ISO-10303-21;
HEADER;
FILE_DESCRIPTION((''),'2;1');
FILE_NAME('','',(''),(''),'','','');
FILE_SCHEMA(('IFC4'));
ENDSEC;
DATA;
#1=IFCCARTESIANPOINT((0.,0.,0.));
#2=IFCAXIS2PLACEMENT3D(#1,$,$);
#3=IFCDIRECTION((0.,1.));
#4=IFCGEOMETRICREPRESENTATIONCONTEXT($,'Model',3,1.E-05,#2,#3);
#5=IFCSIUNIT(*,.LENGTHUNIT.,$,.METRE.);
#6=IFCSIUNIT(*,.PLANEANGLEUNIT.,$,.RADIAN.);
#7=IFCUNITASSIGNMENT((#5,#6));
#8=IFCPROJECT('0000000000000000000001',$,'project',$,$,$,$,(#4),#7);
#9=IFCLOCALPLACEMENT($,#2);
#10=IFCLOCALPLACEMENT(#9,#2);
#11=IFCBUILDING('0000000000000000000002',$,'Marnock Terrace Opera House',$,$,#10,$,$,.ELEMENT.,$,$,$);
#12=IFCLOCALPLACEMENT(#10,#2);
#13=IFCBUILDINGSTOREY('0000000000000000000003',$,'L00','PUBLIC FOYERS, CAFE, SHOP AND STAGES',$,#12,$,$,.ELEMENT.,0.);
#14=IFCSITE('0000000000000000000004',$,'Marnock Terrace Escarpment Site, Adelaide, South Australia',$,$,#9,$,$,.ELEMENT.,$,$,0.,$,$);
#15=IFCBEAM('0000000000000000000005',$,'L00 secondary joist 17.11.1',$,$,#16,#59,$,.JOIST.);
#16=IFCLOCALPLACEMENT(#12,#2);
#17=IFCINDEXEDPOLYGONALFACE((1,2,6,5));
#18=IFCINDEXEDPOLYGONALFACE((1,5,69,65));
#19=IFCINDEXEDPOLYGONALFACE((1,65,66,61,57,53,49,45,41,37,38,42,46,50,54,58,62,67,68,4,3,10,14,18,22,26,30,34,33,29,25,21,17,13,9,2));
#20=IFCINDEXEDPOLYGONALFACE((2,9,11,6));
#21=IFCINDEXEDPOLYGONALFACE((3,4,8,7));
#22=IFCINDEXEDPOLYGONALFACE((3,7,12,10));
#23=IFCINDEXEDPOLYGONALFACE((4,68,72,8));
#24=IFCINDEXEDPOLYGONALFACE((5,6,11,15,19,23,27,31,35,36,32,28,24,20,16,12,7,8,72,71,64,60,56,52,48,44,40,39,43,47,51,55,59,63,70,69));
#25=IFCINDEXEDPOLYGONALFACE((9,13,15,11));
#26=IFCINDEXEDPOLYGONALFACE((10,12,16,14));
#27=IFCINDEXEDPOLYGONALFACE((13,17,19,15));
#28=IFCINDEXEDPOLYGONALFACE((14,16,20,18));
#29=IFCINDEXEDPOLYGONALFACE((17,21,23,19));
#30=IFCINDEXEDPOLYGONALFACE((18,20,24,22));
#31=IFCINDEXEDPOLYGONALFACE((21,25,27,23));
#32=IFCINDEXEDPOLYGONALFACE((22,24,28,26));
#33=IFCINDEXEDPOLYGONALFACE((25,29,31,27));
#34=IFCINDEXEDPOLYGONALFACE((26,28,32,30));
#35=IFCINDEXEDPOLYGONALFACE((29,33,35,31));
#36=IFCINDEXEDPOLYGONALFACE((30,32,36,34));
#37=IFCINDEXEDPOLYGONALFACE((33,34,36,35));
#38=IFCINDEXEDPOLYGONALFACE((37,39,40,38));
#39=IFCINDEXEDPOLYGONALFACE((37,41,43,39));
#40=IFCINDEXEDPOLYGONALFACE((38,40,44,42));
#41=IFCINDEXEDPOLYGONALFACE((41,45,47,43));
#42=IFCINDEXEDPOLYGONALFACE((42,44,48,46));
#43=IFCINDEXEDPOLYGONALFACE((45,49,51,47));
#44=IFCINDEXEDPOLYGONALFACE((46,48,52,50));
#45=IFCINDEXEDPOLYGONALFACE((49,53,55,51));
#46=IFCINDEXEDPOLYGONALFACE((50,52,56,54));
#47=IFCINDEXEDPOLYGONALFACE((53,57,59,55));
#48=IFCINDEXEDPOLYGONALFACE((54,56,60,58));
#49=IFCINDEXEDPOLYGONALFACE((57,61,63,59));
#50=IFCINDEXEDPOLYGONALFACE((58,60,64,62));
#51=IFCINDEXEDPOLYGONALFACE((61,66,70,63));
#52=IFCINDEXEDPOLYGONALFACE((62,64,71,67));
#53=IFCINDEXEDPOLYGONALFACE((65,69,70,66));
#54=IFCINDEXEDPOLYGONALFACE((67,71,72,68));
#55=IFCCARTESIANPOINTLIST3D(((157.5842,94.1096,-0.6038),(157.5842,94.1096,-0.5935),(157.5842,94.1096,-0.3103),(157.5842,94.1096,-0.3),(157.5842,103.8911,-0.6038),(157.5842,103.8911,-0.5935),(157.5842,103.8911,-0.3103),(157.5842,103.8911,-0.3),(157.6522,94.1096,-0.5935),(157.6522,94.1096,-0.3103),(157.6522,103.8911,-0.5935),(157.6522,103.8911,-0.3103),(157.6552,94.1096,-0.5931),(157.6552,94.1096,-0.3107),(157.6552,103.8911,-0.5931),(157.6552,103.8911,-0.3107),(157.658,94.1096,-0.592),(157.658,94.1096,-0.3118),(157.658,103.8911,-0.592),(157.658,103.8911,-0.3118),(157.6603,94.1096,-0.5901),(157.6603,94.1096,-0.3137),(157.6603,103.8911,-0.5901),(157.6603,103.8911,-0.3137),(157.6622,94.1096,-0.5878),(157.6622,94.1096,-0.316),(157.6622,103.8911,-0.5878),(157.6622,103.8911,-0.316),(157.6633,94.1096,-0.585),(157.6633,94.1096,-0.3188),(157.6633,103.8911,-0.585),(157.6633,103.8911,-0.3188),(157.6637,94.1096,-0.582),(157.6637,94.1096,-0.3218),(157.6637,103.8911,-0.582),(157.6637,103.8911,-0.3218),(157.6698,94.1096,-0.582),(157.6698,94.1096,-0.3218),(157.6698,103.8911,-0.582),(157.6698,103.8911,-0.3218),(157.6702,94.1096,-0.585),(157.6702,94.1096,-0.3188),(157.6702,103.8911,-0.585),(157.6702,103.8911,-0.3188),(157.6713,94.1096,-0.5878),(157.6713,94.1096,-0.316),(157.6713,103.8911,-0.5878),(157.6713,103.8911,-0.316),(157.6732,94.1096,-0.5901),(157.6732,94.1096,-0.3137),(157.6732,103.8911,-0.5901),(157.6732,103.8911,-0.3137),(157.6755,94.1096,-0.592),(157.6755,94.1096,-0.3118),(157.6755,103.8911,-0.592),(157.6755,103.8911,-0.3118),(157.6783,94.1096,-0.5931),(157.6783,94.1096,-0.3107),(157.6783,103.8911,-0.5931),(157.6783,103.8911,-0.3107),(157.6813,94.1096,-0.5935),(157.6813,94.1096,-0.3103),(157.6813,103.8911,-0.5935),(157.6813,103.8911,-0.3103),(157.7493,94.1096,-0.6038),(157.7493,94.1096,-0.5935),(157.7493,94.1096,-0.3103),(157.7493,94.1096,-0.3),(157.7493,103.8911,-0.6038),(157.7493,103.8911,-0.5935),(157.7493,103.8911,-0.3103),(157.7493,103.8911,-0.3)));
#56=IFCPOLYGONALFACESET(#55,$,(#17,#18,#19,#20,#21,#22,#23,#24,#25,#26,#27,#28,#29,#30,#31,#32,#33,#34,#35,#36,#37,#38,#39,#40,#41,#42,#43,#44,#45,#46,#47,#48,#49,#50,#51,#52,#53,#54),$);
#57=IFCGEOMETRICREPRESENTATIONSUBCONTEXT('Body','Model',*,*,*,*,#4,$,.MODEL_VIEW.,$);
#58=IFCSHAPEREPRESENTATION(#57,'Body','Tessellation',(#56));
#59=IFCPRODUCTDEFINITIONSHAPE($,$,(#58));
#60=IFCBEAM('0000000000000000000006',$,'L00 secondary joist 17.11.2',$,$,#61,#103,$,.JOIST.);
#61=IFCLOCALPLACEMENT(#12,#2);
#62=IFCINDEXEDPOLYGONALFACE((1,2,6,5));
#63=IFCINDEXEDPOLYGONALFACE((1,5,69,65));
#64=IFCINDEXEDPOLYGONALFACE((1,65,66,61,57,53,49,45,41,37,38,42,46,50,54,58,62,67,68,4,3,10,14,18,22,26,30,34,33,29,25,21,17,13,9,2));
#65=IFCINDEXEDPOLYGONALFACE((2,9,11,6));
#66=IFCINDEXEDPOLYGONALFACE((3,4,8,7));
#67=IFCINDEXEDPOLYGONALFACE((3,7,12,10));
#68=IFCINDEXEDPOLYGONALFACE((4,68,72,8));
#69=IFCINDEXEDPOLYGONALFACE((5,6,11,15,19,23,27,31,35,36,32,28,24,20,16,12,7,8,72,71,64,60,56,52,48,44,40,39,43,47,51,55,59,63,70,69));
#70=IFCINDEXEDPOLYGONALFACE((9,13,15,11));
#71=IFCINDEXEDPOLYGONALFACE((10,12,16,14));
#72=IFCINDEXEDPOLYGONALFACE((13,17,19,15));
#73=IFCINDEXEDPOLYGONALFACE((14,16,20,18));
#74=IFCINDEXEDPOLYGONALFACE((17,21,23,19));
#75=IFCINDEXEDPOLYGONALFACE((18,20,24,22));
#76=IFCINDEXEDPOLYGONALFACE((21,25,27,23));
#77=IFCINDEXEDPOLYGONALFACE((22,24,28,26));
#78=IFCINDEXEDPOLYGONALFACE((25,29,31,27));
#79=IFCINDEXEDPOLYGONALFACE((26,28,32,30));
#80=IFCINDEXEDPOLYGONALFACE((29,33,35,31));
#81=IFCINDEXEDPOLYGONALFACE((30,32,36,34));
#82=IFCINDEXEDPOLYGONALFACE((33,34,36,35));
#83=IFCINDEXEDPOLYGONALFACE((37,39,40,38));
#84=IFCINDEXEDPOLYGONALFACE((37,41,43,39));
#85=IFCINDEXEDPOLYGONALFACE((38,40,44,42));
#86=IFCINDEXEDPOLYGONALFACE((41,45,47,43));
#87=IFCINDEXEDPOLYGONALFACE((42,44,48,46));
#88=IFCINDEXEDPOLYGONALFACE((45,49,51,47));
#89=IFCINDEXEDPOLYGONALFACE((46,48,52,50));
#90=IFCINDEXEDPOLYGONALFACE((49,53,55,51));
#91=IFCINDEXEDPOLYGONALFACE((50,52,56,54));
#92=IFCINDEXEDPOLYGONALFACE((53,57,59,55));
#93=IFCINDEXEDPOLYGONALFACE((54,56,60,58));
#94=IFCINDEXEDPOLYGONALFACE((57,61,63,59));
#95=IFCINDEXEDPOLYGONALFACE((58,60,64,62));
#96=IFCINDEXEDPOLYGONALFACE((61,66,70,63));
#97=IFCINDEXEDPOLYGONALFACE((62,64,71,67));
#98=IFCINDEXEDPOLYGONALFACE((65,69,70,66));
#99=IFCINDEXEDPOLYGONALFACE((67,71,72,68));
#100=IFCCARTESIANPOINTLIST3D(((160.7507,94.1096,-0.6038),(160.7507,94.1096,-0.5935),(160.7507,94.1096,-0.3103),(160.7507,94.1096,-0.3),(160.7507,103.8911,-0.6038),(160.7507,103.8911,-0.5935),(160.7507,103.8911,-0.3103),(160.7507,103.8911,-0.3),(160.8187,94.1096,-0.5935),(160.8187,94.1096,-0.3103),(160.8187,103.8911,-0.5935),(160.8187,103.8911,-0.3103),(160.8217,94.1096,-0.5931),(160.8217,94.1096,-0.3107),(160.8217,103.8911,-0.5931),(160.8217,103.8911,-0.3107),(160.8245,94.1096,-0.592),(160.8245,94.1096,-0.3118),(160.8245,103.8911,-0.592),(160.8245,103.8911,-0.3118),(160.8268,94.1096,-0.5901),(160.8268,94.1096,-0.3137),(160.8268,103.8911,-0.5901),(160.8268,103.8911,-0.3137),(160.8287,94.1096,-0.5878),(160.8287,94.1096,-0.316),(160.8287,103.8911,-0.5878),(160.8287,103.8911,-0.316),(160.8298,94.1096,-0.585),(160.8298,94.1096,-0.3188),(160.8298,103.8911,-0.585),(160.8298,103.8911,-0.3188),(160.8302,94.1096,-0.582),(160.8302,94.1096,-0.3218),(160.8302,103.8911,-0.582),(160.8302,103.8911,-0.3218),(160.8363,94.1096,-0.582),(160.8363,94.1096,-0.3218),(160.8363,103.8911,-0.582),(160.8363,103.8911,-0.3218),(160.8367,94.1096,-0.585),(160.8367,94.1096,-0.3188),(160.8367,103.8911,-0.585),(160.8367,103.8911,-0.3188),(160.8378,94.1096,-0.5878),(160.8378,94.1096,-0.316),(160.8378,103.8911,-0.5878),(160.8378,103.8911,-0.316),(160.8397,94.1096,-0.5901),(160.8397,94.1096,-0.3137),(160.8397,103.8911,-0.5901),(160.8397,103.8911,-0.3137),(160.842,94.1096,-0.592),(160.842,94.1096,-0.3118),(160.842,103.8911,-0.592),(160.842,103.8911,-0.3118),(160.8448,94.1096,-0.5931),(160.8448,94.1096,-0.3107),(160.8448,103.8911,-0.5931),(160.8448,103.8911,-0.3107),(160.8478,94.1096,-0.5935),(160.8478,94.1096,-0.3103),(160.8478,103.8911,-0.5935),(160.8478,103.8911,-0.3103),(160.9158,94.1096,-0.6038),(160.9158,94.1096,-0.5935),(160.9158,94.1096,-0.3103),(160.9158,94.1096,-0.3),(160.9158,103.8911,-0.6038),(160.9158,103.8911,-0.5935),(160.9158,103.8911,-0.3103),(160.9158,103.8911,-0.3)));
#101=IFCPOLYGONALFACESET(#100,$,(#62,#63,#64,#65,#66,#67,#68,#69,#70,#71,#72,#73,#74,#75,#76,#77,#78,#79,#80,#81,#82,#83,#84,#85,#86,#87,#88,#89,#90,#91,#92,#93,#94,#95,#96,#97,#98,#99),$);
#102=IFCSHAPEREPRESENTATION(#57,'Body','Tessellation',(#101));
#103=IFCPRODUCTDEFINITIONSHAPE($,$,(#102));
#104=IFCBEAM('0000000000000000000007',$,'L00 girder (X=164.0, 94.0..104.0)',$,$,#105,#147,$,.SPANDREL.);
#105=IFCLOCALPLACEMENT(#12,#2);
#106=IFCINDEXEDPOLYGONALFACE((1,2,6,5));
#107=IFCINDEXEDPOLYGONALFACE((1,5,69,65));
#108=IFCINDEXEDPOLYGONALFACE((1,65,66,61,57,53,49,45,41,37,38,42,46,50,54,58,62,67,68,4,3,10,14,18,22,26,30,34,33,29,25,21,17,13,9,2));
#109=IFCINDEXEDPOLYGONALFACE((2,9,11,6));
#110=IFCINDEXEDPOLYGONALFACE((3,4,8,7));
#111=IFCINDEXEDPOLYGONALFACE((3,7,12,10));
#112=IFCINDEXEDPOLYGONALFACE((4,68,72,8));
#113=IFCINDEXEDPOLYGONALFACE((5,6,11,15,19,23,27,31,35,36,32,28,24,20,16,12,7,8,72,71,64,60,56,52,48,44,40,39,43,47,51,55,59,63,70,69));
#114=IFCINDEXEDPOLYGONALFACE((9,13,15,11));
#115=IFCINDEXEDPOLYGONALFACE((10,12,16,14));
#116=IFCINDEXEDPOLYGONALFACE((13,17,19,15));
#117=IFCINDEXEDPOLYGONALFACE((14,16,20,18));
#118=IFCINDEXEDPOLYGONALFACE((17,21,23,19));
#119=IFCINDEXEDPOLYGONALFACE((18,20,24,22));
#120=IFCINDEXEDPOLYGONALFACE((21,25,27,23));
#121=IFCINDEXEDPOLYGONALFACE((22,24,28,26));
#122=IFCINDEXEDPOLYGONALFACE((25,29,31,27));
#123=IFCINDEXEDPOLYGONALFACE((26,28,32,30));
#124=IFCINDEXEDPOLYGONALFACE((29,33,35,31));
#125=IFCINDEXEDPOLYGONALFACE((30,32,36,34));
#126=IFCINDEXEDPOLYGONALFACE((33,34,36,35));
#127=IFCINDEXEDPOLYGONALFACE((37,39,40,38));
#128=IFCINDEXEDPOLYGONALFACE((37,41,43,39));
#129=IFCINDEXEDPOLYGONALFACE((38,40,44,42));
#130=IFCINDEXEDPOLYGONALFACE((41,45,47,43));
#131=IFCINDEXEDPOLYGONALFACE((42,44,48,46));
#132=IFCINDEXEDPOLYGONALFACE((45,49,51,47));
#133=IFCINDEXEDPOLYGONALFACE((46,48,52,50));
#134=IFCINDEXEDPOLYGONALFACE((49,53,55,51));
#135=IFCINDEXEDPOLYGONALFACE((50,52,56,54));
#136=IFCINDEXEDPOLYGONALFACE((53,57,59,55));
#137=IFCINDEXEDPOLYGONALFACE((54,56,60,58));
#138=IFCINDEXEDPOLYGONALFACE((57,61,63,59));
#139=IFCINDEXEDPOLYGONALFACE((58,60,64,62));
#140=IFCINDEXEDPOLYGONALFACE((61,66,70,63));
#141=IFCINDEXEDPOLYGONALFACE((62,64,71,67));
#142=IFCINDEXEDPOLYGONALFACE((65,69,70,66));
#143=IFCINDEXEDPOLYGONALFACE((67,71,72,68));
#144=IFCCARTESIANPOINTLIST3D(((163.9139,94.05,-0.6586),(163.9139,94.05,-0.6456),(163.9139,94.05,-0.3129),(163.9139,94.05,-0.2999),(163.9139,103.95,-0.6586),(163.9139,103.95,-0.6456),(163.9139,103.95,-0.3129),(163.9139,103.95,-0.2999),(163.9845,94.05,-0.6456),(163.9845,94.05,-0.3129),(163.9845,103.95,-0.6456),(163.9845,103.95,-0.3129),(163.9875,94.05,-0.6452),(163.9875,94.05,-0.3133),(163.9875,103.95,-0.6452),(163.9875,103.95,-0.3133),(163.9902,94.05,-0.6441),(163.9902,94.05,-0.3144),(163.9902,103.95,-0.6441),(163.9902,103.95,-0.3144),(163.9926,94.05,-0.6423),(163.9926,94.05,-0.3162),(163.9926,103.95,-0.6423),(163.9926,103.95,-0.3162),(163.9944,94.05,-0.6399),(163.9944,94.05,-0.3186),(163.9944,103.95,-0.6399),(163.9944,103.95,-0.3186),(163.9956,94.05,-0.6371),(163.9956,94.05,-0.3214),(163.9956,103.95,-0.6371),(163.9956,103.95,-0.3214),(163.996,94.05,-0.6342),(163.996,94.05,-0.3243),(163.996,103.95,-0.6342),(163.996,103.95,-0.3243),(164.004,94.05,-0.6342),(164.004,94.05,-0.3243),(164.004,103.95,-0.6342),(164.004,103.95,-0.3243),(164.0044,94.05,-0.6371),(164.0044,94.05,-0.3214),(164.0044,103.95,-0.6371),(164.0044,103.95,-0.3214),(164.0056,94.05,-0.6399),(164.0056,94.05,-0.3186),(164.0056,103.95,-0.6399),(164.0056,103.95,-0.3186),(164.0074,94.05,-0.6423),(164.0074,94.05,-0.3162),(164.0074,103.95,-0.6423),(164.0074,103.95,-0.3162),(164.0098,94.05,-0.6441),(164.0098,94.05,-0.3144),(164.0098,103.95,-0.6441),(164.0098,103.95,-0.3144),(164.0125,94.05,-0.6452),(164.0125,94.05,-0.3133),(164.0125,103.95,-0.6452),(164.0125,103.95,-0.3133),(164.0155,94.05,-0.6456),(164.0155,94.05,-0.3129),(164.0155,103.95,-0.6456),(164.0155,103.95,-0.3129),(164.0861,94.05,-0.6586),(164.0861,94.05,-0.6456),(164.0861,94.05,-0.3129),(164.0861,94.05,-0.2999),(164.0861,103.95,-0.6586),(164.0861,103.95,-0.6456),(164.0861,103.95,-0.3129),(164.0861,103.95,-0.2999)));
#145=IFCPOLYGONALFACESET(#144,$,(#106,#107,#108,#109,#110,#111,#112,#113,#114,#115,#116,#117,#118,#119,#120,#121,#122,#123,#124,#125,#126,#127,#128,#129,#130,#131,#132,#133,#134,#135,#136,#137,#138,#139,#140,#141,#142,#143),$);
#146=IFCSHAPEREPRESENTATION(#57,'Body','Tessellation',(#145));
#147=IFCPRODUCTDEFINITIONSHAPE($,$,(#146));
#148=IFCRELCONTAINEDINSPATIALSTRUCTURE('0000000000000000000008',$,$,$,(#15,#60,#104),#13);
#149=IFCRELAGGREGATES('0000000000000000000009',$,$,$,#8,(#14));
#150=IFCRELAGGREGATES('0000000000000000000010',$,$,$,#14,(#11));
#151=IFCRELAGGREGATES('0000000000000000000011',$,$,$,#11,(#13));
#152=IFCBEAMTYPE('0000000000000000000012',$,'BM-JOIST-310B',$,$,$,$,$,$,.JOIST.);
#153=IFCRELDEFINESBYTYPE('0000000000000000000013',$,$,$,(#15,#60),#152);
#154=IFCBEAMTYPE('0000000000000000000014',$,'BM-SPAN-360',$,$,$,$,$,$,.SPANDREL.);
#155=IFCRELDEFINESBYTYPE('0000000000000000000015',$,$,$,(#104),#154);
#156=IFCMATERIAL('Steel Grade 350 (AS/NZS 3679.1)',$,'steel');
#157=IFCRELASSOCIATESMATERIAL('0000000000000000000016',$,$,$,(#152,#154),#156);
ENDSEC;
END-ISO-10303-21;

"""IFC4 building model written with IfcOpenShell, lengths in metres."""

from ifc_helpers import new_model, si_unit, direction, frame, origin, origin_2d, place, context, subcontext, project, spatial, i_section, extrude, material, material_profile, profile_set, type_object, element, save


model = new_model("IFC4")

# Units and contexts
model_context = context("Model", 3, precision=1e-05, world=origin(), true_north=direction((0.0, 1.0)))
body_context = subcontext(model_context, "Body", "Model", "MODEL_VIEW")
ifc_project = project(units=[si_unit("LENGTHUNIT", "METRE"), si_unit("PLANEANGLEUNIT", "RADIAN")], contexts=[model_context])

# Site, building, storey
site_placement = place(None, origin())
site = spatial("IfcSite", under=ifc_project, at=site_placement, Name="Marnock Terrace Escarpment Site, Adelaide, South Australia", CompositionType="ELEMENT", RefElevation=0.0)
building_placement = place(site_placement, origin())
building = spatial("IfcBuilding", under=site, at=building_placement, Name="Marnock Terrace Opera House", CompositionType="ELEMENT")
storey_placement = place(building_placement, origin())
storey = spatial("IfcBuildingStorey", under=building, at=storey_placement, Name="L00", Description="PUBLIC FOYERS, CAFE, SHOP AND STAGES", CompositionType="ELEMENT", Elevation=0.0)

# Shared definitions
ifc_material_1 = material(Name="Steel Grade 350 (AS/NZS 3679.1)", Category="steel")

# Beams
ifc_material_profile_1 = material_profile(ifc_material_1, i_section(OverallWidth=0.165, OverallDepth=0.3037, WebThickness=0.0061, FlangeThickness=0.0103, FilletRadius=0.0115, at=origin_2d()))
ifc_profile_set_1 = profile_set([ifc_material_profile_1], Name="Steel Grade 350 (AS/NZS 3679.1)")
beam_type_1 = type_object("IfcBeamType", Name="BM-JOIST-310B", PredefinedType="JOIST", material=ifc_profile_set_1)
for number, where, z_axis, x_axis, name in (
    (1, (157.6667, 94.1096, -0.4519), (0.0, 1.0, 0.0), (-1.0, 0.0, 0.0), "L00 secondary joist 17.11.1"),
    (2, (160.8333, 94.1096, -0.4519), (0.0, 1.0, 0.0), (-1.0, 0.0, 0.0), "L00 secondary joist 17.11.2"),
):
    element("IfcBeam", number, at=place(storey_placement, frame(where, z_axis=z_axis, x_axis=x_axis)), inside=storey, type_object=beam_type_1, Name=name, PredefinedType="JOIST", context=body_context, shape_type="SweptSolid", body=[
        extrude(i_section(OverallWidth=0.165, OverallDepth=0.3037, WebThickness=0.0061, FlangeThickness=0.0103, FilletRadius=0.0115, at=origin_2d()), origin(), (0.0, 0.0, 1.0), 9.7815),
    ])
ifc_material_profile_2 = material_profile(ifc_material_1, i_section(OverallWidth=0.1721, OverallDepth=0.3586, WebThickness=0.0081, FlangeThickness=0.0129, FilletRadius=0.0115, at=origin_2d()))
ifc_profile_set_2 = profile_set([ifc_material_profile_2], Name="Steel Grade 350 (AS/NZS 3679.1)")
beam_type_2 = type_object("IfcBeamType", Name="BM-SPAN-360", PredefinedType="SPANDREL", material=ifc_profile_set_2)
beam_1_placement = place(storey_placement, frame((164.0, 94.05, -0.4792), z_axis=(0.0, 1.0, 0.0), x_axis=(-1.0, 0.0, 0.0)))
element("IfcBeam", 3, at=beam_1_placement, inside=storey, type_object=beam_type_2, Name="L00 girder (X=164.0, 94.0..104.0)", PredefinedType="SPANDREL", context=body_context, shape_type="SweptSolid", body=[
    extrude(i_section(OverallWidth=0.1721, OverallDepth=0.3586, WebThickness=0.0081, FlangeThickness=0.0129, FilletRadius=0.0115, at=origin_2d()), origin(), (0.0, 0.0, 1.0), 9.8999),
])

save(model, "model.ifc")
